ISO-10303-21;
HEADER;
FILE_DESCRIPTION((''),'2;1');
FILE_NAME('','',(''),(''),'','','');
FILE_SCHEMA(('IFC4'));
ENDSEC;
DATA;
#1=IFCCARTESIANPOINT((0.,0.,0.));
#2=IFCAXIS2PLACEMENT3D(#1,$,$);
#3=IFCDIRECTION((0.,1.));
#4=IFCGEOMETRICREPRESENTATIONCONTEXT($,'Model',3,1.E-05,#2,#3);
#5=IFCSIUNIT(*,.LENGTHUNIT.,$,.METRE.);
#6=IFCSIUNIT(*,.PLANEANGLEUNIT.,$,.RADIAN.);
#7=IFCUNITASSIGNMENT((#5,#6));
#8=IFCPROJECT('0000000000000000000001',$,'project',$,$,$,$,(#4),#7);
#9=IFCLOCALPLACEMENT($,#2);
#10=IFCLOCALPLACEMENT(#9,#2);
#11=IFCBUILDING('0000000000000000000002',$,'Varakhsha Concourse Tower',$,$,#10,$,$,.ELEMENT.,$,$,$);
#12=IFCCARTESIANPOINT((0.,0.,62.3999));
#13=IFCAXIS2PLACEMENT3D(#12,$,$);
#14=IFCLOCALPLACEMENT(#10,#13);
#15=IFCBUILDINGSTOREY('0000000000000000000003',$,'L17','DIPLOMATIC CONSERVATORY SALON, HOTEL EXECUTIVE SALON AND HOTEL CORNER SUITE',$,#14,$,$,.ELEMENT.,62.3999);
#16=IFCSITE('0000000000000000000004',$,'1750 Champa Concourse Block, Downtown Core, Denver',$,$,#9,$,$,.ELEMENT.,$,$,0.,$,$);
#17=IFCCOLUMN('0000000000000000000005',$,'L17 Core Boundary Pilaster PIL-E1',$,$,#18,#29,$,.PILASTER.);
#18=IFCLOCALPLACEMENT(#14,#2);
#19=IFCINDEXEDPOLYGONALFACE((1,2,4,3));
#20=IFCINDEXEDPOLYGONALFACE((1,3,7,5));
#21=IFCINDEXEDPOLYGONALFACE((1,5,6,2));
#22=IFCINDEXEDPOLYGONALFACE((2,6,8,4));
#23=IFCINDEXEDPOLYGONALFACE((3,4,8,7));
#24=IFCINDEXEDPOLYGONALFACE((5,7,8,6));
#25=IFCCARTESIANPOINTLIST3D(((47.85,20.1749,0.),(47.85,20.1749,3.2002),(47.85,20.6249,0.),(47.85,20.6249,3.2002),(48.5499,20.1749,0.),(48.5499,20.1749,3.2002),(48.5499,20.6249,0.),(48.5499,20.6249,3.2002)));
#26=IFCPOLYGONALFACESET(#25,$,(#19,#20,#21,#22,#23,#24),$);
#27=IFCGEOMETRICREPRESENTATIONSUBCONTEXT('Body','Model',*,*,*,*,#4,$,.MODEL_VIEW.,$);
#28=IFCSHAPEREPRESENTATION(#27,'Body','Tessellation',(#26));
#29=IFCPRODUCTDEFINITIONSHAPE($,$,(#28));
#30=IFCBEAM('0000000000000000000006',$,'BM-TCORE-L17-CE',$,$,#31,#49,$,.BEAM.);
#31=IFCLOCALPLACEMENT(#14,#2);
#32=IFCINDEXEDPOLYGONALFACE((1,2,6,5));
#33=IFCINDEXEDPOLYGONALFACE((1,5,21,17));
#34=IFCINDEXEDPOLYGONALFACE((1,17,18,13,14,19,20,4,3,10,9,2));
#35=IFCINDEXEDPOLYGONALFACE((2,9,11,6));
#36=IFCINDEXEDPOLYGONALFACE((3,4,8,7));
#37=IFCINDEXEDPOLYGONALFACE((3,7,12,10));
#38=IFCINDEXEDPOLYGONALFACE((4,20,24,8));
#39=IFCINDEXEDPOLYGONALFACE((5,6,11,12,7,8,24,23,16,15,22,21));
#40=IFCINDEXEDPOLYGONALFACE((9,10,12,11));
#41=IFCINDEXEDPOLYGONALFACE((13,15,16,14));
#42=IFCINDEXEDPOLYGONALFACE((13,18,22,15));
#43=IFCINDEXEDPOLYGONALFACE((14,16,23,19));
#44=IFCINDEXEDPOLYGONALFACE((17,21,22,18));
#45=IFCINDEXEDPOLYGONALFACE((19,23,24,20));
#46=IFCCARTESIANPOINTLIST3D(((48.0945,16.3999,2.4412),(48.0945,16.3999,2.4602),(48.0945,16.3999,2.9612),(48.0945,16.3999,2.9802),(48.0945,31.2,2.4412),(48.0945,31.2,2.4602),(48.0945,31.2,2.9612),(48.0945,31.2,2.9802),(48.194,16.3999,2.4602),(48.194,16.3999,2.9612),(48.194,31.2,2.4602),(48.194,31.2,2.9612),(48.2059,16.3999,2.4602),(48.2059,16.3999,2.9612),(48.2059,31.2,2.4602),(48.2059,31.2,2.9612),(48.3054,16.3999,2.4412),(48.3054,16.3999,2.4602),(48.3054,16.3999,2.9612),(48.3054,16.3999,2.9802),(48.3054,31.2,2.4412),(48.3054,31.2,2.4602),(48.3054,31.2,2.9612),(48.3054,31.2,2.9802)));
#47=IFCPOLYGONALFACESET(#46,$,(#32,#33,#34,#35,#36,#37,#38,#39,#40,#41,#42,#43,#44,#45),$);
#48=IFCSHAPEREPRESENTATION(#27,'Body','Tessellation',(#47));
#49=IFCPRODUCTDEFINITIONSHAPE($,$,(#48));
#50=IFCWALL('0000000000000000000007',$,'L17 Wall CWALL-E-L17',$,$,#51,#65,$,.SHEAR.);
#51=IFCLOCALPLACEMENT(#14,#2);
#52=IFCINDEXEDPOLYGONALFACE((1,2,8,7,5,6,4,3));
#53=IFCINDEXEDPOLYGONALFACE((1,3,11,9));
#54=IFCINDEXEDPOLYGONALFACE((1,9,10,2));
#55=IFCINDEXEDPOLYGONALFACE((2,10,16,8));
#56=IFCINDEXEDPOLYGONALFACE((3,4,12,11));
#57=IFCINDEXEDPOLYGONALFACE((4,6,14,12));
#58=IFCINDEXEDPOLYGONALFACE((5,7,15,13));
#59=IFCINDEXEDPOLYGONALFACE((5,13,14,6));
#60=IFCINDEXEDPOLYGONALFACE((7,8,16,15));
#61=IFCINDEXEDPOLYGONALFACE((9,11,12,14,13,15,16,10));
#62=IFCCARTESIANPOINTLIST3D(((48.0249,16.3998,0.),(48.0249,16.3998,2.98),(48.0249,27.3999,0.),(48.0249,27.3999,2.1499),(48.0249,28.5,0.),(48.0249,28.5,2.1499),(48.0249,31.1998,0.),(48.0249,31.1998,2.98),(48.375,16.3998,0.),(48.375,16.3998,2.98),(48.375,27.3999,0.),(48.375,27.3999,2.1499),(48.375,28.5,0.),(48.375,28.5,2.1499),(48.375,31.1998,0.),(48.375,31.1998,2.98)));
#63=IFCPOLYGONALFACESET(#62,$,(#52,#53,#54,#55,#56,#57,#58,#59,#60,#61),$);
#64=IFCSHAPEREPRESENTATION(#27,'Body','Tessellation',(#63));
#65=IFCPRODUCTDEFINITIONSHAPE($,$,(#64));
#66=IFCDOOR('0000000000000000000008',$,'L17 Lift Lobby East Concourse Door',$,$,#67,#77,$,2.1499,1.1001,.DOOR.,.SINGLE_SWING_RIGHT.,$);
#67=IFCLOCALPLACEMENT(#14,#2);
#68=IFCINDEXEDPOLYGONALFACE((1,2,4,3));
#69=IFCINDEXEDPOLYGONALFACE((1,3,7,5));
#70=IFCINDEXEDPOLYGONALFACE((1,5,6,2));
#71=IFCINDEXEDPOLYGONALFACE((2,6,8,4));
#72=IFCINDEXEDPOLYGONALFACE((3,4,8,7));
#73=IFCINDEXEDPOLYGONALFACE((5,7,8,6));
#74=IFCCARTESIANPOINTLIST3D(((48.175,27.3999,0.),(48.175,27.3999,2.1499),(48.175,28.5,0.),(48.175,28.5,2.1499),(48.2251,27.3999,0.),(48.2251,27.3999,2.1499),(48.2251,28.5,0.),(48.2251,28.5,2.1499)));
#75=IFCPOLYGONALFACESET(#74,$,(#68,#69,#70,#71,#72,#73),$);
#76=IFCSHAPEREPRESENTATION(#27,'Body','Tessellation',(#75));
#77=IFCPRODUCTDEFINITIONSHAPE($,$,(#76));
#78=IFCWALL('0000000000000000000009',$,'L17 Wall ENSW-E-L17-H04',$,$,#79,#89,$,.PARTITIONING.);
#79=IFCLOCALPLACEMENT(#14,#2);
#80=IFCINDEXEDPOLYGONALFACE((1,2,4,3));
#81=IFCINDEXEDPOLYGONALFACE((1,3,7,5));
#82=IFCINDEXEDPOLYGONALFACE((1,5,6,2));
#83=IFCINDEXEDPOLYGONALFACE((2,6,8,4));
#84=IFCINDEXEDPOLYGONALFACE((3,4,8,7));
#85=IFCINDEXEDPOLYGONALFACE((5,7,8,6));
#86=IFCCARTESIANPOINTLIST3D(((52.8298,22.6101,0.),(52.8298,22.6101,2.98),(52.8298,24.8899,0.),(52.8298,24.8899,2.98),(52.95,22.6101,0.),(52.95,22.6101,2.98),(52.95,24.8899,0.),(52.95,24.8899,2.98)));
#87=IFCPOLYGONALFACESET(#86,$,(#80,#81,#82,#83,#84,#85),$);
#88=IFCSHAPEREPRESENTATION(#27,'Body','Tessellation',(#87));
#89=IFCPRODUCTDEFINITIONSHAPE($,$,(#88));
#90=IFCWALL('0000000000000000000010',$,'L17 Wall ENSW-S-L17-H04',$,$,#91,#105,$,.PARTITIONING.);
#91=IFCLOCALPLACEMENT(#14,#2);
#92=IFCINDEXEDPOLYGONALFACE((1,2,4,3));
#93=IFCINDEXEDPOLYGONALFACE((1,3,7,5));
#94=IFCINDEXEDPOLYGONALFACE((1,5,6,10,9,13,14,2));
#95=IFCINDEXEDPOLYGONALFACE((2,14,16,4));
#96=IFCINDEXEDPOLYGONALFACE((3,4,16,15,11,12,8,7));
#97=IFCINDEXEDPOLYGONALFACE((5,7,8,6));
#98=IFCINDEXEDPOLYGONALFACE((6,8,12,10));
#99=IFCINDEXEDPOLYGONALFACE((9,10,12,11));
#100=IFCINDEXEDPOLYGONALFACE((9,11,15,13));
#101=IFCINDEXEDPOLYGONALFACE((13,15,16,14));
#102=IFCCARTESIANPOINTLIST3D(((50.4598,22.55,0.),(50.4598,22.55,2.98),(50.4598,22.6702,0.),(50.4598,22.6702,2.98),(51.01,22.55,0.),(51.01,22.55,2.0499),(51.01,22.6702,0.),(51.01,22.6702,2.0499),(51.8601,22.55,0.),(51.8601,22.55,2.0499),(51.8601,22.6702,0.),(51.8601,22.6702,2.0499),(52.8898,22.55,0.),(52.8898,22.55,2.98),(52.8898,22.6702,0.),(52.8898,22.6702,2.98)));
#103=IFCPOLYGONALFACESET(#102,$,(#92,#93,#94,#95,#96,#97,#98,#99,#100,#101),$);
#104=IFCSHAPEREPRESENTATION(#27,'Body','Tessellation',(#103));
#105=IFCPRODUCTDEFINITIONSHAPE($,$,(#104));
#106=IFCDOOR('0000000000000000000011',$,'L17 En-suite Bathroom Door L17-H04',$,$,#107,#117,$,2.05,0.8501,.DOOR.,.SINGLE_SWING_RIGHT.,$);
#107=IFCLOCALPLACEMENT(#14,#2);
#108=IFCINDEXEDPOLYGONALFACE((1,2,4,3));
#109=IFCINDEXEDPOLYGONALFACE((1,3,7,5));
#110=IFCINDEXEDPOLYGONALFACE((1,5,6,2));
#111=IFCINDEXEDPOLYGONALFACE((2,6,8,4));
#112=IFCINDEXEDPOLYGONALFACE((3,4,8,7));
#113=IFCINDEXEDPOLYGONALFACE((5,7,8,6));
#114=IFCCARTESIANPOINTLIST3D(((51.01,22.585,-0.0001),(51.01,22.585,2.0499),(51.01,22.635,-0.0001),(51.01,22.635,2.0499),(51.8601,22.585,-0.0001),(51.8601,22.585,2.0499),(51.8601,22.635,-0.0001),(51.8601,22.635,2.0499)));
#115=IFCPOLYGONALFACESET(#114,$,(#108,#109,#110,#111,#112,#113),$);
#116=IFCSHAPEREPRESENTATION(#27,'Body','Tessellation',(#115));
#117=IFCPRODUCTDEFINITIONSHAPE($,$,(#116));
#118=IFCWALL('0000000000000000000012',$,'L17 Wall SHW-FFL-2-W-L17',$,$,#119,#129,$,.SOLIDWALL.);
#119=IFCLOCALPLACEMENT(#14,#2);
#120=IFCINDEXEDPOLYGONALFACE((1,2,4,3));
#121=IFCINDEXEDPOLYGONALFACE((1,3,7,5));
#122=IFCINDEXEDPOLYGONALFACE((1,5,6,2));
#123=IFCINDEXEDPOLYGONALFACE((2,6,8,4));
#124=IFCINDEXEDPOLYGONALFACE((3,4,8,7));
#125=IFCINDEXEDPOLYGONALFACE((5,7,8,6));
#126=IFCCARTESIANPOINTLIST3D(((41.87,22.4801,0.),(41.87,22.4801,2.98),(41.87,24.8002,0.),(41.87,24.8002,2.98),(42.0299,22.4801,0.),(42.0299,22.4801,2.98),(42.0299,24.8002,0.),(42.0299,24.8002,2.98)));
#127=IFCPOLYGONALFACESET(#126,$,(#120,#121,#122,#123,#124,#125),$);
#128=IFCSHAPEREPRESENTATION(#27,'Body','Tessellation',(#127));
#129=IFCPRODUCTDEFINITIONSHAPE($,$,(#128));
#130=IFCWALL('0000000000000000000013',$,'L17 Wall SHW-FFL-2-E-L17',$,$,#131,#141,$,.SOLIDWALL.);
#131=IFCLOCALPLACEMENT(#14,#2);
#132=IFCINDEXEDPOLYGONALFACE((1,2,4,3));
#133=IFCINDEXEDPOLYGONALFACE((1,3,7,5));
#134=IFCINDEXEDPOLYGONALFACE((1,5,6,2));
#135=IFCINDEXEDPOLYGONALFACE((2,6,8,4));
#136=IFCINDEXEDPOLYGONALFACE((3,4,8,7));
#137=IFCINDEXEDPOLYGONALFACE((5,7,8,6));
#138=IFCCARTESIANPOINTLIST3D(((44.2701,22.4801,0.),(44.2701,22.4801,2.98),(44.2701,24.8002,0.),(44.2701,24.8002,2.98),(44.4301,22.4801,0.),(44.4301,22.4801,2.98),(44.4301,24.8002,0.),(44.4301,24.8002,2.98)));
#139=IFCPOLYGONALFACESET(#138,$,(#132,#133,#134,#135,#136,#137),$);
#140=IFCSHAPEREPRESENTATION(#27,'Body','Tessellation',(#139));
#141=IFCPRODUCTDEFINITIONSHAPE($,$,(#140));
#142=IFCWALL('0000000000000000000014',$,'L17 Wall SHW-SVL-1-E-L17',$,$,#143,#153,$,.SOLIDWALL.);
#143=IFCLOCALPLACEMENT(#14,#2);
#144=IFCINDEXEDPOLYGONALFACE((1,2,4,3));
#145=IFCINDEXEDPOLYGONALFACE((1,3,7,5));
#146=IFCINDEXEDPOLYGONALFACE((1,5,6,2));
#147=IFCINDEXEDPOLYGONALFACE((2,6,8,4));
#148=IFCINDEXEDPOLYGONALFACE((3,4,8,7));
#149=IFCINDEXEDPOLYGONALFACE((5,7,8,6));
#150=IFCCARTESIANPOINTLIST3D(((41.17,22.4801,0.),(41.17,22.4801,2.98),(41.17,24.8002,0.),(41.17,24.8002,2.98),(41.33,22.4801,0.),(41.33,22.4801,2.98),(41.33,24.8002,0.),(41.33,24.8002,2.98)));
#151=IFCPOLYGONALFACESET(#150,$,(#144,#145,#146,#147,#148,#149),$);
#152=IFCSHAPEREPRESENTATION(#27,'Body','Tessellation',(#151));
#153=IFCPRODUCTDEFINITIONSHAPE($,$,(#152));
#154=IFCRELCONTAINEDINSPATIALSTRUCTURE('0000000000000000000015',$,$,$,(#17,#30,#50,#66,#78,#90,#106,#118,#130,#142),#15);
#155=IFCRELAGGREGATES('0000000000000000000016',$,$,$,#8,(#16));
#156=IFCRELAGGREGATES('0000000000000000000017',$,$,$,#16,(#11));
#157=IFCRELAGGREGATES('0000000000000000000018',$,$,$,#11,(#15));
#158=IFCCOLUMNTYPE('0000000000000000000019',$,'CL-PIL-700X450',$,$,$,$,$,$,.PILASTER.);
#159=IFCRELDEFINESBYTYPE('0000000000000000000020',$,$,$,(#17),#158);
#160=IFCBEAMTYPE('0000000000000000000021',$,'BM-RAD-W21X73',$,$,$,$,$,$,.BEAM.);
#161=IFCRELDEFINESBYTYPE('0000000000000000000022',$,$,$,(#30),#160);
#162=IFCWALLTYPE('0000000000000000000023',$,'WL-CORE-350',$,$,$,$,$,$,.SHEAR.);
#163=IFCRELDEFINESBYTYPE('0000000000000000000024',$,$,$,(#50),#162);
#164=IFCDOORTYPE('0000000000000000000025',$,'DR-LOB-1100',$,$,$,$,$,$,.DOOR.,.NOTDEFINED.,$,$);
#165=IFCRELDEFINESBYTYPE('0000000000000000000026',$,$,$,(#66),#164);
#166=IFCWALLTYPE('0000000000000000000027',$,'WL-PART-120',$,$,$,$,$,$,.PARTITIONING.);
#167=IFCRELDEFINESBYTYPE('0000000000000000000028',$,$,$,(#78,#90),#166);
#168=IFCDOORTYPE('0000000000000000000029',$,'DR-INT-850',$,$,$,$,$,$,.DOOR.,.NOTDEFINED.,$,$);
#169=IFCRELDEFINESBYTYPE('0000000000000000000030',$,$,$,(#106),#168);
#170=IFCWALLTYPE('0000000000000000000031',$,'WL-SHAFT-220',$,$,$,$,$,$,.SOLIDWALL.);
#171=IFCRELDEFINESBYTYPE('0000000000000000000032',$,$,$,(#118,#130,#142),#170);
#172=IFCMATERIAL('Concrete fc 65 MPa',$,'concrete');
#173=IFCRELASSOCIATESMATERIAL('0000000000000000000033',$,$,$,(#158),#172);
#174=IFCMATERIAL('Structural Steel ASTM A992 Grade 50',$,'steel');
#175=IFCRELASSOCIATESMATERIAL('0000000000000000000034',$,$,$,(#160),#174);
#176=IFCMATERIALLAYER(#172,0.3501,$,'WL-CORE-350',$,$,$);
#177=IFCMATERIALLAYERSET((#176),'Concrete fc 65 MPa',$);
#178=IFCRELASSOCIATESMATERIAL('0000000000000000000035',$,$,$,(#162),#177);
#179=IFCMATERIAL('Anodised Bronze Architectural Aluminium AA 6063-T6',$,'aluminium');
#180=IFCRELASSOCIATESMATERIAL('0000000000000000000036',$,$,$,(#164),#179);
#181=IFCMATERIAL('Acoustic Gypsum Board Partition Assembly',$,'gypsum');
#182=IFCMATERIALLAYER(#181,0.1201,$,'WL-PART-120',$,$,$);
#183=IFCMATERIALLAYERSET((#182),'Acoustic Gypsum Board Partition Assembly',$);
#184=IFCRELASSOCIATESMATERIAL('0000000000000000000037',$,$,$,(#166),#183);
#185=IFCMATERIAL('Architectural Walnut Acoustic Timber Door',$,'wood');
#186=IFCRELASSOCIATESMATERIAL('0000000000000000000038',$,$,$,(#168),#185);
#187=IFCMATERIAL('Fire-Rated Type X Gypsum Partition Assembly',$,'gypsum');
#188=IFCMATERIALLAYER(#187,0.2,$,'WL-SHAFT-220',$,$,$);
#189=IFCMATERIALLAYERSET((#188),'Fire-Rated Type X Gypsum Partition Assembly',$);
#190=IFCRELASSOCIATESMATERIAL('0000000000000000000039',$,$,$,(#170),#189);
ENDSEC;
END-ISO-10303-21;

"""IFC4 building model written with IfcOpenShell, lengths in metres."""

from ifc_helpers import new_model, si_unit, direction, frame, frame_2d, origin, origin_2d, place, context, subcontext, project, spatial, rectangle, i_section, extrude, material, layer, layer_set, material_profile, profile_set, type_object, element, fill, save


model = new_model("IFC4")

# Units and contexts
model_context = context("Model", 3, precision=1e-05, world=origin(), true_north=direction((0.0, 1.0)))
body_context = subcontext(model_context, "Body", "Model", "MODEL_VIEW")
ifc_project = project(units=[si_unit("LENGTHUNIT", "METRE"), si_unit("PLANEANGLEUNIT", "RADIAN")], contexts=[model_context])

# Site, building, storey
site_placement = place(None, origin())
site = spatial("IfcSite", under=ifc_project, at=site_placement, Name="1750 Champa Concourse Block, Downtown Core, Denver", CompositionType="ELEMENT", RefElevation=0.0)
building_placement = place(site_placement, origin())
building = spatial("IfcBuilding", under=site, at=building_placement, Name="Varakhsha Concourse Tower", CompositionType="ELEMENT")
storey_placement = place(building_placement, frame((0.0, 0.0, 62.3999)))
storey = spatial("IfcBuildingStorey", under=building, at=storey_placement, Name="L17", Description="DIPLOMATIC CONSERVATORY SALON, HOTEL EXECUTIVE SALON AND HOTEL CORNER SUITE", CompositionType="ELEMENT", Elevation=62.3999)

# Column
ifc_material_1 = material(Name="Concrete fc 65 MPa", Category="concrete")
ifc_material_profile_1 = material_profile(ifc_material_1, rectangle(XDim=0.7, YDim=0.45, at=origin_2d()), Name="RC 700x450")
ifc_profile_set_1 = profile_set([ifc_material_profile_1], Name="Concrete fc 65 MPa")
column_type = type_object("IfcColumnType", Name="CL-PIL-700X450", PredefinedType="PILASTER", material=ifc_profile_set_1)
column_placement = place(storey_placement, frame((48.2, 20.3999, 0.0), z_axis=(0.0, 0.0, 1.0), x_axis=(1.0, 0.0, 0.0)))
element("IfcColumn", 1, at=column_placement, inside=storey, type_object=column_type, Name="L17 Core Boundary Pilaster PIL-E1", PredefinedType="PILASTER", context=body_context, shape_type="SweptSolid", body=[
    extrude(rectangle(XDim=0.7, YDim=0.45, at=origin_2d()), origin(), (0.0, 0.0, 1.0), 3.2002),
])

# Beam
ifc_material_2 = material(Name="Structural Steel ASTM A992 Grade 50", Category="steel")
ifc_material_profile_2 = material_profile(ifc_material_2, i_section(OverallWidth=0.2109, OverallDepth=0.5391, WebThickness=0.012, FlangeThickness=0.019, at=origin_2d()), Name="W21X73")
ifc_profile_set_2 = profile_set([ifc_material_profile_2], Name="Structural Steel ASTM A992 Grade 50")
beam_type = type_object("IfcBeamType", Name="BM-RAD-W21X73", PredefinedType="BEAM", material=ifc_profile_set_2)
beam_placement = place(storey_placement, frame((48.2, 16.3999, 2.7107), z_axis=(0.0, 1.0, 0.0), x_axis=(-1.0, 0.0, 0.0)))
element("IfcBeam", 2, at=beam_placement, inside=storey, type_object=beam_type, Name="BM-TCORE-L17-CE", PredefinedType="BEAM", context=body_context, shape_type="SweptSolid", body=[
    extrude(i_section(OverallWidth=0.2109, OverallDepth=0.5391, WebThickness=0.012, FlangeThickness=0.019, at=origin_2d()), origin(), (0.0, 0.0, 1.0), 14.8),
])

# Wall, opening, door
ifc_layer_1 = layer(ifc_material_1, 0.3501, Name="WL-CORE-350")
ifc_layer_set_1 = layer_set([ifc_layer_1], Name="Concrete fc 65 MPa")
wall_type_1 = type_object("IfcWallType", Name="WL-CORE-350", PredefinedType="SHEAR", material=ifc_layer_set_1)
wall_1_placement = place(storey_placement, frame((48.2, 16.3999, 0.0), z_axis=(0.0, 0.0, 1.0), x_axis=(0.0, 1.0, 0.0)))
wall_1 = element("IfcWall", 3, at=wall_1_placement, inside=storey, type_object=wall_type_1, Name="L17 Wall CWALL-E-L17", PredefinedType="SHEAR", context=body_context, shape_type="SweptSolid", body=[
    extrude(rectangle(XDim=14.8, YDim=0.3501, at=frame_2d((7.3999, 0.0))), origin(), (0.0, 0.0, 1.0), 2.98),
])
opening_1_placement = place(wall_1_placement, frame((11.0, 0.0, 0.0)))
opening_1 = element("IfcOpeningElement", 4, at=opening_1_placement, cuts=wall_1, PredefinedType="OPENING", context=body_context, shape_type="SweptSolid", body=[
    extrude(rectangle(XDim=1.1001, YDim=2.1499, at=frame_2d((0.55, 1.075))), frame((0.0, 0.1851, 0.0), z_axis=(0.0, -1.0, 0.0), x_axis=(1.0, 0.0, 0.0)), (0.0, 0.0, 1.0), 0.3701),
])
ifc_material_3 = material(Name="Anodised Bronze Architectural Aluminium AA 6063-T6", Category="aluminium")
door_type_1 = type_object("IfcDoorType", Name="DR-LOB-1100", OperationType="NOTDEFINED", PredefinedType="DOOR", material=ifc_material_3)
door_1_placement = place(opening_1_placement, origin())
door_1 = element("IfcDoor", 5, at=door_1_placement, inside=storey, type_object=door_type_1, Name="L17 Lift Lobby East Concourse Door", OperationType="SINGLE_SWING_RIGHT", OverallHeight=2.1499, OverallWidth=1.1001, PredefinedType="DOOR", context=body_context, shape_type="SweptSolid", body=[
    extrude(rectangle(XDim=1.1001, YDim=2.1499, at=frame_2d((0.55, 1.075))), frame((0.0, 0.0249, 0.0), z_axis=(0.0, -1.0, 0.0), x_axis=(1.0, 0.0, 0.0)), (0.0, 0.0, 1.0), 0.05),
])
fill(opening_1, door_1)

# Wall
ifc_material_4 = material(Name="Acoustic Gypsum Board Partition Assembly", Category="gypsum")
ifc_layer_2 = layer(ifc_material_4, 0.1201, Name="WL-PART-120")
ifc_layer_set_2 = layer_set([ifc_layer_2], Name="Acoustic Gypsum Board Partition Assembly")
wall_type_2 = type_object("IfcWallType", Name="WL-PART-120", PredefinedType="PARTITIONING", material=ifc_layer_set_2)
wall_2_placement = place(storey_placement, frame((52.8899, 22.6101, 0.0), z_axis=(0.0, 0.0, 1.0), x_axis=(0.0, 1.0, 0.0)))
element("IfcWall", 6, at=wall_2_placement, inside=storey, type_object=wall_type_2, Name="L17 Wall ENSW-E-L17-H04", PredefinedType="PARTITIONING", context=body_context, shape_type="SweptSolid", body=[
    extrude(rectangle(XDim=2.2798, YDim=0.1201, at=frame_2d((1.1399, 0.0))), origin(), (0.0, 0.0, 1.0), 2.98),
])

# Wall, opening, door
wall_3_placement = place(storey_placement, frame((50.46, 22.6101, 0.0), z_axis=(0.0, 0.0, 1.0), x_axis=(1.0, 0.0, 0.0)))
wall_3 = element("IfcWall", 7, at=wall_3_placement, inside=storey, type_object=wall_type_2, Name="L17 Wall ENSW-S-L17-H04", PredefinedType="PARTITIONING", context=body_context, shape_type="SweptSolid", body=[
    extrude(rectangle(XDim=2.4299, YDim=0.1201, at=frame_2d((1.2148, 0.0))), origin(), (0.0, 0.0, 1.0), 2.98),
])
opening_2_placement = place(wall_3_placement, frame((0.55, 0.0, 0.0)))
opening_2 = element("IfcOpeningElement", 8, at=opening_2_placement, cuts=wall_3, PredefinedType="OPENING", context=body_context, shape_type="SweptSolid", body=[
    extrude(rectangle(XDim=0.8501, YDim=2.05, at=frame_2d((0.425, 1.0249))), frame((0.0, 0.0701, 0.0), z_axis=(0.0, -1.0, 0.0), x_axis=(1.0, 0.0, 0.0)), (0.0, 0.0, 1.0), 0.1401),
])
ifc_material_5 = material(Name="Architectural Walnut Acoustic Timber Door", Category="wood")
door_type_2 = type_object("IfcDoorType", Name="DR-INT-850", OperationType="NOTDEFINED", PredefinedType="DOOR", material=ifc_material_5)
door_2_placement = place(opening_2_placement, origin())
door_2 = element("IfcDoor", 9, at=door_2_placement, inside=storey, type_object=door_type_2, Name="L17 En-suite Bathroom Door L17-H04", OperationType="SINGLE_SWING_RIGHT", OverallHeight=2.05, OverallWidth=0.8501, PredefinedType="DOOR", context=body_context, shape_type="SweptSolid", body=[
    extrude(rectangle(XDim=0.8501, YDim=2.05, at=frame_2d((0.425, 1.0249))), frame((0.0, 0.0249, 0.0), z_axis=(0.0, -1.0, 0.0), x_axis=(1.0, 0.0, 0.0)), (0.0, 0.0, 1.0), 0.05),
])
fill(opening_2, door_2)

# Walls
ifc_material_6 = material(Name="Fire-Rated Type X Gypsum Partition Assembly", Category="gypsum")
ifc_layer_3 = layer(ifc_material_6, 0.2, Name="WL-SHAFT-220")
ifc_layer_set_3 = layer_set([ifc_layer_3], Name="Fire-Rated Type X Gypsum Partition Assembly")
wall_type_3 = type_object("IfcWallType", Name="WL-SHAFT-220", PredefinedType="SOLIDWALL", material=ifc_layer_set_3)
for number, where, z_axis, x_axis, name in (
    (10, (41.95, 22.48, 0.0), (0.0, 0.0, 1.0), (0.0, 1.0, 0.0), "L17 Wall SHW-FFL-2-W-L17"),
    (11, (44.3501, 22.48, 0.0), (0.0, 0.0, 1.0), (0.0, 1.0, 0.0), "L17 Wall SHW-FFL-2-E-L17"),
    (12, (41.25, 22.48, 0.0), (0.0, 0.0, 1.0), (0.0, 1.0, 0.0), "L17 Wall SHW-SVL-1-E-L17"),
):
    element("IfcWall", number, at=place(storey_placement, frame(where, z_axis=z_axis, x_axis=x_axis)), inside=storey, type_object=wall_type_3, Name=name, PredefinedType="SOLIDWALL", context=body_context, shape_type="SweptSolid", body=[
        extrude(rectangle(XDim=2.3201, YDim=0.1599, at=frame_2d((1.1602, 0.0))), origin(), (0.0, 0.0, 1.0), 2.98),
    ])

save(model, "model.ifc")
